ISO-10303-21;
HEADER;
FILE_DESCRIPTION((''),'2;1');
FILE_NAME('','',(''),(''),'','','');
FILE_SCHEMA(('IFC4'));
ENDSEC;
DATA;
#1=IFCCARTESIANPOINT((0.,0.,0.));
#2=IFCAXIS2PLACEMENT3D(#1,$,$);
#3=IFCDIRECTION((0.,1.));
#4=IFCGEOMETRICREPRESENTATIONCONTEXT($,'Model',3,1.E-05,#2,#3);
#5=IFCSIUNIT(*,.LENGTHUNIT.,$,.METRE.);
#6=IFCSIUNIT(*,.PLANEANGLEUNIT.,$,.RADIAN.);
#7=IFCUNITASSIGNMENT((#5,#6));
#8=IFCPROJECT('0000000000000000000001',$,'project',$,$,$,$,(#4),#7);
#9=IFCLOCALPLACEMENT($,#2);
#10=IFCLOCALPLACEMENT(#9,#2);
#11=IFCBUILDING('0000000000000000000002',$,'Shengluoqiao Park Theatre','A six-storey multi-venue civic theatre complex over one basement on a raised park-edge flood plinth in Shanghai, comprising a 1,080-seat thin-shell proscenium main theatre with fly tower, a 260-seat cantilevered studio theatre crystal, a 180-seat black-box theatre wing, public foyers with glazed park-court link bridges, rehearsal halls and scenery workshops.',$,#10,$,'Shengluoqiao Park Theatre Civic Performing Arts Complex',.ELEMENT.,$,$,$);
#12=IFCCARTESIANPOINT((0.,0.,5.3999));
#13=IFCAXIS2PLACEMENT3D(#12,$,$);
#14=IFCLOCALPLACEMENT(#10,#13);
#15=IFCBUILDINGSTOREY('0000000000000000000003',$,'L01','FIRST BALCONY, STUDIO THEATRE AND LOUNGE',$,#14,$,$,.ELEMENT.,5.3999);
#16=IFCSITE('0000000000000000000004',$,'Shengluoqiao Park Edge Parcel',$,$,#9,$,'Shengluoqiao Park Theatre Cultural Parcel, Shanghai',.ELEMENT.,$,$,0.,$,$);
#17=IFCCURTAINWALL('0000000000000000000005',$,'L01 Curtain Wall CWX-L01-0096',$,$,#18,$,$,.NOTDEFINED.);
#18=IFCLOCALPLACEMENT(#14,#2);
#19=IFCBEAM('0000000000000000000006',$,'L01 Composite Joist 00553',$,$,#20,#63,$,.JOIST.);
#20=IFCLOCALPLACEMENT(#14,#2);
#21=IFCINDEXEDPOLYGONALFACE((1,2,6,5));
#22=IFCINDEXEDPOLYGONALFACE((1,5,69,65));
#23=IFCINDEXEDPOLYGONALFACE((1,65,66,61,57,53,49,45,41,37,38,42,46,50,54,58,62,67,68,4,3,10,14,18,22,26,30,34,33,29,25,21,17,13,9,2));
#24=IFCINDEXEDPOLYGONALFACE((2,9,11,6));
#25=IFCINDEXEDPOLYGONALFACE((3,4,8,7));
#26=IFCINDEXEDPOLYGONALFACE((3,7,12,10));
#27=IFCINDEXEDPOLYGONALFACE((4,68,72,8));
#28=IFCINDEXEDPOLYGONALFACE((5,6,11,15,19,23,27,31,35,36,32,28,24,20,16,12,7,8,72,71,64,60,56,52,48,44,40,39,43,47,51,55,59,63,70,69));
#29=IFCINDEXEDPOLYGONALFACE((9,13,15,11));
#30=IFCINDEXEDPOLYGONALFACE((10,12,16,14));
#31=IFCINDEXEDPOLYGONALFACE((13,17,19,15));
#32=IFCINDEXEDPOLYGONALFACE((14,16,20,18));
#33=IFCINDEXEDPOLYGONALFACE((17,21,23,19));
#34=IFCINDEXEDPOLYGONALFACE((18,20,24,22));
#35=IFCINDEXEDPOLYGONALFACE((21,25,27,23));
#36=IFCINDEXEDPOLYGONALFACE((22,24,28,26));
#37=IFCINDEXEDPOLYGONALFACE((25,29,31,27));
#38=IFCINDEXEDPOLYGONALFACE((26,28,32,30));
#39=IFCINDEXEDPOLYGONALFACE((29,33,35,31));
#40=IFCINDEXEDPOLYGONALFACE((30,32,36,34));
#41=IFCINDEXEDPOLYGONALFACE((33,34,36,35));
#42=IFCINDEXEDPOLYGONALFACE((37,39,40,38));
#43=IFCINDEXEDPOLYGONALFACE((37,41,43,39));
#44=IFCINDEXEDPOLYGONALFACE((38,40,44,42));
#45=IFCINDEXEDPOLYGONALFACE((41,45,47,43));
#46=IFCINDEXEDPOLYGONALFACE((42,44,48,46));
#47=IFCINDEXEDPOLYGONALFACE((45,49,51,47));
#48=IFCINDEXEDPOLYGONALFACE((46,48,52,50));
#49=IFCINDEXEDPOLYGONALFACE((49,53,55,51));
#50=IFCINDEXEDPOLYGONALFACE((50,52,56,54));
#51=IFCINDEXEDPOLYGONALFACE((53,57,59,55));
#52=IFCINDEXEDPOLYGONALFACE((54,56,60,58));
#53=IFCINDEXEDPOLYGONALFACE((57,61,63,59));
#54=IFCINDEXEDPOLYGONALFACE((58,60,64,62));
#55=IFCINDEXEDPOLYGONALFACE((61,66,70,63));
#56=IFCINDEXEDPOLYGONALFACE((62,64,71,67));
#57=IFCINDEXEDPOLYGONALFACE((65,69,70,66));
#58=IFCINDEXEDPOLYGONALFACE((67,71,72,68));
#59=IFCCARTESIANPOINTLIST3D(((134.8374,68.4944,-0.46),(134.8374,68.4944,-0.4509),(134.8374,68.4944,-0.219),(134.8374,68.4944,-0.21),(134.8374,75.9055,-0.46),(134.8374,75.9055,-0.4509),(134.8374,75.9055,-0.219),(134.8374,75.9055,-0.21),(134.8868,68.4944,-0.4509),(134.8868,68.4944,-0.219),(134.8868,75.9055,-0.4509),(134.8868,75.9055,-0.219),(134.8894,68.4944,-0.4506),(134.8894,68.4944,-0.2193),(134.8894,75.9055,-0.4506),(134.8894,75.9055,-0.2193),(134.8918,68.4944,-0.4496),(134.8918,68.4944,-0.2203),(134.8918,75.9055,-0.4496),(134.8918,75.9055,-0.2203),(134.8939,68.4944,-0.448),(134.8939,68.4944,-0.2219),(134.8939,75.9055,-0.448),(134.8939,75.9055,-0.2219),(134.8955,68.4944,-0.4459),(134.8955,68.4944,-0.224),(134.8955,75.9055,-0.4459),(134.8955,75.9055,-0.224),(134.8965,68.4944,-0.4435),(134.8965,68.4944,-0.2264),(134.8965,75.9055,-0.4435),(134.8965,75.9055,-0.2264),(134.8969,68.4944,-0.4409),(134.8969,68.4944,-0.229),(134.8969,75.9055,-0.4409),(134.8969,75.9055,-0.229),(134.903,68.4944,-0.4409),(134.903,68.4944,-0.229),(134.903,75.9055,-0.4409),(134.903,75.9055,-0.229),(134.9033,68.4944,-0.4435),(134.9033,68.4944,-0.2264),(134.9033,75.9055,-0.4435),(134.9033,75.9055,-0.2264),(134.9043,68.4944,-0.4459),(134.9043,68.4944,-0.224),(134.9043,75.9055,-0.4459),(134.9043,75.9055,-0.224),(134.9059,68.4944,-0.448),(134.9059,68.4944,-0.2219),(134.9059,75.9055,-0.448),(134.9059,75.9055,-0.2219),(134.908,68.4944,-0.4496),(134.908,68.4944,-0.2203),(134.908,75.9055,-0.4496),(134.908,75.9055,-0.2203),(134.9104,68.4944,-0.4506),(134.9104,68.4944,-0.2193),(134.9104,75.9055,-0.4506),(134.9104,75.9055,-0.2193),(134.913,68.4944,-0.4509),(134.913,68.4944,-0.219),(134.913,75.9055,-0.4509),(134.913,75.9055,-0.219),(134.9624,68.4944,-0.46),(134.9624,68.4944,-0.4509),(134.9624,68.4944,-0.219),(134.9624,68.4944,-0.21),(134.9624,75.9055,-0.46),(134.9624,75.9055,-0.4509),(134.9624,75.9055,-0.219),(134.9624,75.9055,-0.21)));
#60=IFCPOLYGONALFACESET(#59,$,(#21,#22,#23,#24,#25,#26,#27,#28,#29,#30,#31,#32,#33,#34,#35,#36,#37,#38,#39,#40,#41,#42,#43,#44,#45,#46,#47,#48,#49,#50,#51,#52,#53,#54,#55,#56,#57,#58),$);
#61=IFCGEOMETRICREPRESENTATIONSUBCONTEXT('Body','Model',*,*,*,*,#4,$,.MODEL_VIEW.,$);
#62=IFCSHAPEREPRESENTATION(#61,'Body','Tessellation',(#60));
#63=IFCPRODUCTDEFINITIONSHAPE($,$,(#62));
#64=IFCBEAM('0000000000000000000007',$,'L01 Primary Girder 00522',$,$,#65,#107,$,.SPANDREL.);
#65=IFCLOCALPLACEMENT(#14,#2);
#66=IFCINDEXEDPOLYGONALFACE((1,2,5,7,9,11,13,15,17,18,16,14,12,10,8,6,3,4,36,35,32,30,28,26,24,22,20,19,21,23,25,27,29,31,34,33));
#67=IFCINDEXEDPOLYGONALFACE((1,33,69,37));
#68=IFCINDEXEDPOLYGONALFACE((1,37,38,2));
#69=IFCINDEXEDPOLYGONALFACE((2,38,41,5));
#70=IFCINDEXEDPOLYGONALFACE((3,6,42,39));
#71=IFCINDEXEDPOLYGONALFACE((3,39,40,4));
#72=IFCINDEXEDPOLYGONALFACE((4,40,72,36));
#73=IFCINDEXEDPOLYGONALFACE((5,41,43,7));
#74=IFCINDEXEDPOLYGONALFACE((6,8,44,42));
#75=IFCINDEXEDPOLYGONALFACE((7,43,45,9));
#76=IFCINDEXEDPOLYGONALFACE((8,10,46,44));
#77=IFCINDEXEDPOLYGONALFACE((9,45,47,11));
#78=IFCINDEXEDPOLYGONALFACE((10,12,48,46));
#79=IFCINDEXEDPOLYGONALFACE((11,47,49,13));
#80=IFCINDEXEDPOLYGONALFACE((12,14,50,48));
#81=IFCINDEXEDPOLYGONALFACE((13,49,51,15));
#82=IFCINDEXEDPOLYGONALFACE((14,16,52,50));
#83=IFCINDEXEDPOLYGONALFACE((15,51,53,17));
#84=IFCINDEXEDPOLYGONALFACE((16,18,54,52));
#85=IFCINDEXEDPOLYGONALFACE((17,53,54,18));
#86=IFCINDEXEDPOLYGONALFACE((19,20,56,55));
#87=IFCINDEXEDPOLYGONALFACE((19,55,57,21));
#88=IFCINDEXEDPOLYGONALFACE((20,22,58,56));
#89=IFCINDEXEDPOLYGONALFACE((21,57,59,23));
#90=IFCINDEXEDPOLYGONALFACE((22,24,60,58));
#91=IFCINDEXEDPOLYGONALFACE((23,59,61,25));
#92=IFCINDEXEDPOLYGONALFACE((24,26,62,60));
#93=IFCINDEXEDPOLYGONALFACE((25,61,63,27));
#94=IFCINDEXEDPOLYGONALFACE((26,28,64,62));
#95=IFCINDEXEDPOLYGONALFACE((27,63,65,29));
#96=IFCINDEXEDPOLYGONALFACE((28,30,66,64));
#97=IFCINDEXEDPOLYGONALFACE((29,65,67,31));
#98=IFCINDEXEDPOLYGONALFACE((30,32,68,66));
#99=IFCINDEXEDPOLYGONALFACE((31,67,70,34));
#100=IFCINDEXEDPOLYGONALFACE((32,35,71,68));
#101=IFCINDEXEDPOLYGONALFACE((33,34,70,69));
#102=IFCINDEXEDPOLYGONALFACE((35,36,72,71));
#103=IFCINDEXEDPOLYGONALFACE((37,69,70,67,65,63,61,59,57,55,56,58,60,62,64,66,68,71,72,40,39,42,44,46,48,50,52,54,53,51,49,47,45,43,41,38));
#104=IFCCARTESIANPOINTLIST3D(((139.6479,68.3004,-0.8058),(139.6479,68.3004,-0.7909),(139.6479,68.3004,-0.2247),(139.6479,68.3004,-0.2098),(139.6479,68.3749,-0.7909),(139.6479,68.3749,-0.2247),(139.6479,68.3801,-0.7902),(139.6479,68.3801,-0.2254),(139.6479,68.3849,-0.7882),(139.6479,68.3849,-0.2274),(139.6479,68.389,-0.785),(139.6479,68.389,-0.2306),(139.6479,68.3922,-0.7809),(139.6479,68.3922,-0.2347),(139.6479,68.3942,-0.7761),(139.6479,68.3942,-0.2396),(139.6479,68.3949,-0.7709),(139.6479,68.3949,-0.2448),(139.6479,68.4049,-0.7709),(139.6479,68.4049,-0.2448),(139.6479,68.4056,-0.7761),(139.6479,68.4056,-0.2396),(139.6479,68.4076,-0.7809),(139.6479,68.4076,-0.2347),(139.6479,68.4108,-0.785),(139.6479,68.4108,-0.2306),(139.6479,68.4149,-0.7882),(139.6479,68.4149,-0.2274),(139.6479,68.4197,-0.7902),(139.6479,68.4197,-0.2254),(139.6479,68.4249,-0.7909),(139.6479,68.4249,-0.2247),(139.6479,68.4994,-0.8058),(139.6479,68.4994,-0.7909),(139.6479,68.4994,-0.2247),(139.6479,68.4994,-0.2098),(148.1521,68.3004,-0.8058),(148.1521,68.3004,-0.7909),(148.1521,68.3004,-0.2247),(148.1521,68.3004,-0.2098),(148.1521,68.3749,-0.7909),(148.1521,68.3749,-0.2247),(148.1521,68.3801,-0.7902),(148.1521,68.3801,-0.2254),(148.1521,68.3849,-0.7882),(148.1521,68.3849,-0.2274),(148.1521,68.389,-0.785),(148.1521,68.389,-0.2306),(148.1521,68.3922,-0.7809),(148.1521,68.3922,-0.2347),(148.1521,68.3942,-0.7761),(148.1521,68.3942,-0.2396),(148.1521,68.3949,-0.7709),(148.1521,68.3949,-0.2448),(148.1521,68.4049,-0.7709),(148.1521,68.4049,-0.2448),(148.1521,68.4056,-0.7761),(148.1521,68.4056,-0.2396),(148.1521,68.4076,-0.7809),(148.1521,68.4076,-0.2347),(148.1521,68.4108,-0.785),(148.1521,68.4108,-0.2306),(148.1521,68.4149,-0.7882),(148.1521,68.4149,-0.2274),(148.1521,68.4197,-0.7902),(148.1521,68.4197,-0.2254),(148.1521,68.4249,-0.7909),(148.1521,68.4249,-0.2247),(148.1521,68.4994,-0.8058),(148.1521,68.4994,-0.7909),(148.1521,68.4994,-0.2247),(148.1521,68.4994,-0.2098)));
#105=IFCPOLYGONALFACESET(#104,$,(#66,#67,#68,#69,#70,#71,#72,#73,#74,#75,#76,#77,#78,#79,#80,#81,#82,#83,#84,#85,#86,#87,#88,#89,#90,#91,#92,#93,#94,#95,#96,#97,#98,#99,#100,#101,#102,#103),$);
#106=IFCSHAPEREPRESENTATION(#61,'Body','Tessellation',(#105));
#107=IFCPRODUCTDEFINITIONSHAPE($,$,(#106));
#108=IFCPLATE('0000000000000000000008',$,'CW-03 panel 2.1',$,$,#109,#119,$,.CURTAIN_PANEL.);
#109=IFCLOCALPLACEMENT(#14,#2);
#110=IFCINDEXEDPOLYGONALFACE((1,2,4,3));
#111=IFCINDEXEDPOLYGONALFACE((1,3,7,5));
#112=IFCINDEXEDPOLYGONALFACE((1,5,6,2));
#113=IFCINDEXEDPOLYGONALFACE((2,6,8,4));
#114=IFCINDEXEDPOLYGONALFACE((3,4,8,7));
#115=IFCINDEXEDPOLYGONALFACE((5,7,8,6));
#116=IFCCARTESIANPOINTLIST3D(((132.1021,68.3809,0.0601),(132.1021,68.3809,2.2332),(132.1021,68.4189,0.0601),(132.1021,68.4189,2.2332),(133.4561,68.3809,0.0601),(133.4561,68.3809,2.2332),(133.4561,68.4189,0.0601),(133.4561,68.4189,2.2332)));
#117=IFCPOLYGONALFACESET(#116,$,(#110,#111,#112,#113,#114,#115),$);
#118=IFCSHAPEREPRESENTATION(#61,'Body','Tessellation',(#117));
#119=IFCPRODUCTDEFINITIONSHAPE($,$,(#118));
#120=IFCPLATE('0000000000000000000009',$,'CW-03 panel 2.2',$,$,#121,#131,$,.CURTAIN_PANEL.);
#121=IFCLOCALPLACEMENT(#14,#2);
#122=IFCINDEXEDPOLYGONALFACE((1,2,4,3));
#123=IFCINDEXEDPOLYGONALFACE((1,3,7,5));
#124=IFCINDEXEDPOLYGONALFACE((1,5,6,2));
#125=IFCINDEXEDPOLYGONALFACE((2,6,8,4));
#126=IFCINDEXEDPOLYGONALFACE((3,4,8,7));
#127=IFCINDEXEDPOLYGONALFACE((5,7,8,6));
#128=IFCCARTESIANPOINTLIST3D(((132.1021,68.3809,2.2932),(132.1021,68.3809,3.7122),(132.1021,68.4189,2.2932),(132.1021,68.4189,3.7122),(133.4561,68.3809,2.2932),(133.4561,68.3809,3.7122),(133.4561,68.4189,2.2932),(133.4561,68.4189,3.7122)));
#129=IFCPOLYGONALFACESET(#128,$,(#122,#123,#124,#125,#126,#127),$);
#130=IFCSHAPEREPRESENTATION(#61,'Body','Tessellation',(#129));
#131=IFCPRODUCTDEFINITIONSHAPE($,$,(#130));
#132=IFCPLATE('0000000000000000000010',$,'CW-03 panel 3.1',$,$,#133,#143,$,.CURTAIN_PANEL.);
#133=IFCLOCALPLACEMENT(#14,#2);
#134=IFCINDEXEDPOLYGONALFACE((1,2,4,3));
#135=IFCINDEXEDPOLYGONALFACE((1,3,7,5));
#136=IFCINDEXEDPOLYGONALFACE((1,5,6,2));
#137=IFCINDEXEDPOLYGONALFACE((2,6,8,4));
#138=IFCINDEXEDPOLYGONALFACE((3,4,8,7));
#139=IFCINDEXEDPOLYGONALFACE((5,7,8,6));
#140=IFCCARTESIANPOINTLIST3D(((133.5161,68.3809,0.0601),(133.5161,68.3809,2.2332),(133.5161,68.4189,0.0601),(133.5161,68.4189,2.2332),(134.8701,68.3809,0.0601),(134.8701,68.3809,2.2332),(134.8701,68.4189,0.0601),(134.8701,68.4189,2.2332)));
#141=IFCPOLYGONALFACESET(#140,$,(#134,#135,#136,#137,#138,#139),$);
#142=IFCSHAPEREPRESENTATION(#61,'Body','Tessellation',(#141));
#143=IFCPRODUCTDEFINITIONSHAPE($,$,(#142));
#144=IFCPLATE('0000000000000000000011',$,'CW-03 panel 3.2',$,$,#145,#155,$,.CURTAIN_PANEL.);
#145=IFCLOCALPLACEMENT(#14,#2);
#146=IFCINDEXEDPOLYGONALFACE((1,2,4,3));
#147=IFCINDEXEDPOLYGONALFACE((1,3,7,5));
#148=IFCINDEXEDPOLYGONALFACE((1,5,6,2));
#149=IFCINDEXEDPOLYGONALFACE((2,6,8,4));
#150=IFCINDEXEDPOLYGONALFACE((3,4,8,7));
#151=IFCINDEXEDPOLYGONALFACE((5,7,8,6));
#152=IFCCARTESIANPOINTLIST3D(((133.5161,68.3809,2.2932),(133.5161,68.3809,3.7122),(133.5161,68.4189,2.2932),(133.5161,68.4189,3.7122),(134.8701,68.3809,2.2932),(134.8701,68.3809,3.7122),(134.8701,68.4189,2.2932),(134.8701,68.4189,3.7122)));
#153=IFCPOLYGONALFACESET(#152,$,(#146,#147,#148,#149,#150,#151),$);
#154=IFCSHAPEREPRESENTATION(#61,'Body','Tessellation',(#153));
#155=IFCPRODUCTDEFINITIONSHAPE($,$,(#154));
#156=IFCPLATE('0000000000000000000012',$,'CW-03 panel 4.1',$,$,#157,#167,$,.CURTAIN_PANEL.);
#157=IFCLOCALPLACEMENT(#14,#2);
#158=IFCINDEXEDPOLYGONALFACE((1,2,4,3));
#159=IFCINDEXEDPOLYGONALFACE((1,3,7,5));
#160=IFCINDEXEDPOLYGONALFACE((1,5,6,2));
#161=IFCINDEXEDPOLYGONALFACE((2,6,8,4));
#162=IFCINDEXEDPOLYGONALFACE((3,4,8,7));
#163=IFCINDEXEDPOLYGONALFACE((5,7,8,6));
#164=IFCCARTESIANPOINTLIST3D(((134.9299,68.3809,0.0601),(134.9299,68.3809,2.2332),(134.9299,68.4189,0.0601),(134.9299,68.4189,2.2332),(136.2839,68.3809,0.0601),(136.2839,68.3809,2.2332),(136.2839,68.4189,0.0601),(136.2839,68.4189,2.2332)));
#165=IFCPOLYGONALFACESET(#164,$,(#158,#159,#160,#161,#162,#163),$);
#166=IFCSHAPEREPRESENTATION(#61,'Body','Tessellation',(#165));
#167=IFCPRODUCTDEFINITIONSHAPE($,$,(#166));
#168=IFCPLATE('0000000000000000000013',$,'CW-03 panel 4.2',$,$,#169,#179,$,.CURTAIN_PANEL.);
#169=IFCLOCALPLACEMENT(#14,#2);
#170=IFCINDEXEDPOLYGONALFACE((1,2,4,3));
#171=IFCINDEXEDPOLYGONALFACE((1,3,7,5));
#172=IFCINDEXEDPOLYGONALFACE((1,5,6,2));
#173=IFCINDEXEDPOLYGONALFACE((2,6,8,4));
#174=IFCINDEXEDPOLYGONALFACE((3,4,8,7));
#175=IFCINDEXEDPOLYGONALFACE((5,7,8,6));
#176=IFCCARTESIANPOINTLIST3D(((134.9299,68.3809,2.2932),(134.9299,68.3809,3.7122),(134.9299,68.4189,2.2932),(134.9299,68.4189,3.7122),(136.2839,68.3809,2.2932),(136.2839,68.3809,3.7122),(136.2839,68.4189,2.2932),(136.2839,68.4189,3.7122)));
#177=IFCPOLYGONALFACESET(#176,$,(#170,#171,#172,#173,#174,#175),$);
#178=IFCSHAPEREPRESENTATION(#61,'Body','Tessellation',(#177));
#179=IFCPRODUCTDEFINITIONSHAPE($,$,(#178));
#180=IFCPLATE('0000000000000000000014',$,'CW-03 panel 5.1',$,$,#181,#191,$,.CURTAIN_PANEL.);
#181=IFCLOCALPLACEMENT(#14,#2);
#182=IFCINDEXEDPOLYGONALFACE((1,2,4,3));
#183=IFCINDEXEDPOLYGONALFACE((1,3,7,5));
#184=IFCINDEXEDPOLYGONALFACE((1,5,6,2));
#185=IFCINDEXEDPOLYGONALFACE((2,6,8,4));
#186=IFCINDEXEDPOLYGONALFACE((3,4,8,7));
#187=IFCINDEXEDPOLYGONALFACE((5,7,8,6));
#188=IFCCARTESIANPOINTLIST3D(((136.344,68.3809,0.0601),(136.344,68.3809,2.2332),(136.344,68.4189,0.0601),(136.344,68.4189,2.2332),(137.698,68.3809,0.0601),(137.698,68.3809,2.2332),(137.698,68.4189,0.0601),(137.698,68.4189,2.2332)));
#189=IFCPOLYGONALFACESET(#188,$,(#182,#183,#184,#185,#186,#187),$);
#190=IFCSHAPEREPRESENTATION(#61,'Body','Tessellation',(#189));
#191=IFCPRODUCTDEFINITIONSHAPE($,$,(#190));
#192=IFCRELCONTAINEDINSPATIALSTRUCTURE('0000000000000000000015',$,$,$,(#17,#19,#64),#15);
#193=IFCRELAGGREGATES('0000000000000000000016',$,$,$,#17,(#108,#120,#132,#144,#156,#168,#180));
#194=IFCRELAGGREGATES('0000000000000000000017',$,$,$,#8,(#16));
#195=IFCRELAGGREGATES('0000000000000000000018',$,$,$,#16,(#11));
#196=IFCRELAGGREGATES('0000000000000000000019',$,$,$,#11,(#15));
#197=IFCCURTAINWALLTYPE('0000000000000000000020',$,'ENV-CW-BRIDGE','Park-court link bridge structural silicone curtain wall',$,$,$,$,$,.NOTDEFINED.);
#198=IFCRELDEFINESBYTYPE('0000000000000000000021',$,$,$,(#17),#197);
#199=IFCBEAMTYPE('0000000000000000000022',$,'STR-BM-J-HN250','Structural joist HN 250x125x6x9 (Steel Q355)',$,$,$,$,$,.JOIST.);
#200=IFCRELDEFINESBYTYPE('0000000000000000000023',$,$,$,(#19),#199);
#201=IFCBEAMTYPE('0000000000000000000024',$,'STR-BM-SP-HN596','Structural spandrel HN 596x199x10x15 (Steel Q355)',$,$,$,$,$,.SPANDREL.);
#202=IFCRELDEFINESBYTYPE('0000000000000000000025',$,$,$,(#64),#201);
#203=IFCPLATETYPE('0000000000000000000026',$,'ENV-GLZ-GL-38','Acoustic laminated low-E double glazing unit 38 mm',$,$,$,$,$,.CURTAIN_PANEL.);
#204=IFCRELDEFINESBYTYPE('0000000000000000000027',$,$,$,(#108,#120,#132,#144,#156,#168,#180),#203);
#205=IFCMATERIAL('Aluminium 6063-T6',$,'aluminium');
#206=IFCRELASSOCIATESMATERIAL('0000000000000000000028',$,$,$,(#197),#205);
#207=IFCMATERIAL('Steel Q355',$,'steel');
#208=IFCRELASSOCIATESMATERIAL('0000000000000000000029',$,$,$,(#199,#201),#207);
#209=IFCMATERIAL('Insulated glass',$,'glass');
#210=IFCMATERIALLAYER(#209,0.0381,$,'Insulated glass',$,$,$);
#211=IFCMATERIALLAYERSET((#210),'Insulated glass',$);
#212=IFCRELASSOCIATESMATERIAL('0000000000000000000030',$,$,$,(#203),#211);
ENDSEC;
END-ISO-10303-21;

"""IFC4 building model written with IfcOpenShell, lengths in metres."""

from ifc_helpers import new_model, si_unit, direction, frame, origin, origin_2d, place, context, subcontext, project, spatial, rectangle, i_section, extrude, material, layer, layer_set, material_profile, profile_set, type_object, element, aggregate, save


model = new_model("IFC4")

# Units and contexts
model_context = context("Model", 3, precision=1e-05, world=origin(), true_north=direction((0.0, 1.0)))
body_context = subcontext(model_context, "Body", "Model", "MODEL_VIEW")
ifc_project = project(units=[si_unit("LENGTHUNIT", "METRE"), si_unit("PLANEANGLEUNIT", "RADIAN")], contexts=[model_context])

# Site, building, storey
site_placement = place(None, origin())
site = spatial("IfcSite", under=ifc_project, at=site_placement, Name="Shengluoqiao Park Edge Parcel", LongName="Shengluoqiao Park Theatre Cultural Parcel, Shanghai", CompositionType="ELEMENT", RefElevation=0.0)
building_placement = place(site_placement, origin())
building = spatial("IfcBuilding", under=site, at=building_placement, Name="Shengluoqiao Park Theatre", Description="A six-storey multi-venue civic theatre complex over one basement on a raised park-edge flood plinth in Shanghai, comprising a 1,080-seat thin-shell proscenium main theatre with fly tower, a 260-seat cantilevered studio theatre crystal, a 180-seat black-box theatre wing, public foyers with glazed park-court link bridges, rehearsal halls and scenery workshops.", LongName="Shengluoqiao Park Theatre Civic Performing Arts Complex", CompositionType="ELEMENT")
storey_placement = place(building_placement, frame((0.0, 0.0, 5.3999)))
storey = spatial("IfcBuildingStorey", under=building, at=storey_placement, Name="L01", Description="FIRST BALCONY, STUDIO THEATRE AND LOUNGE", CompositionType="ELEMENT", Elevation=5.3999)

# Curtain wall
ifc_material_1 = material(Name="Aluminium 6063-T6", Category="aluminium")
curtain_wall_type = type_object("IfcCurtainWallType", Name="ENV-CW-BRIDGE", Description="Park-court link bridge structural silicone curtain wall", PredefinedType="NOTDEFINED", material=ifc_material_1)
curtain_wall_placement = place(storey_placement, origin())
curtain_wall = element("IfcCurtainWall", 1, at=curtain_wall_placement, inside=storey, type_object=curtain_wall_type, Name="L01 Curtain Wall CWX-L01-0096", PredefinedType="NOTDEFINED")

# Beams
ifc_material_2 = material(Name="Steel Q355", Category="steel")
ifc_material_profile_1 = material_profile(ifc_material_2, i_section(OverallWidth=0.125, OverallDepth=0.25, WebThickness=0.0061, FlangeThickness=0.009, FilletRadius=0.01, at=origin_2d()), Name="HN 250x125x6x9")
ifc_profile_set_1 = profile_set([ifc_material_profile_1], Name="Steel Q355")
beam_type_1 = type_object("IfcBeamType", Name="STR-BM-J-HN250", Description="Structural joist HN 250x125x6x9 (Steel Q355)", PredefinedType="JOIST", material=ifc_profile_set_1)
for number, where, z_axis, x_axis, name in (
    (2, (134.8999, 68.4944, -0.335), (0.0, 1.0, 0.0), (-1.0, 0.0, 0.0), "L01 Composite Joist 00553"),
):
    element("IfcBeam", number, at=place(storey_placement, frame(where, z_axis=z_axis, x_axis=x_axis)), inside=storey, type_object=beam_type_1, Name=name, PredefinedType="JOIST", context=body_context, shape_type="SweptSolid", body=[
        extrude(i_section(OverallWidth=0.125, OverallDepth=0.25, WebThickness=0.0061, FlangeThickness=0.009, FilletRadius=0.01, at=origin_2d()), origin(), (0.0, 0.0, 1.0), 7.4111),
    ])
ifc_material_profile_2 = material_profile(ifc_material_2, i_section(OverallWidth=0.199, OverallDepth=0.5959, WebThickness=0.01, FlangeThickness=0.0149, FilletRadius=0.02, at=origin_2d()), Name="HN 596x199x10x15")
ifc_profile_set_2 = profile_set([ifc_material_profile_2], Name="Steel Q355")
beam_type_2 = type_object("IfcBeamType", Name="STR-BM-SP-HN596", Description="Structural spandrel HN 596x199x10x15 (Steel Q355)", PredefinedType="SPANDREL", material=ifc_profile_set_2)
beam_placement = place(storey_placement, frame((139.6479, 68.3999, -0.5078), z_axis=(1.0, 0.0, 0.0), x_axis=(0.0, 1.0, 0.0)))
element("IfcBeam", 3, at=beam_placement, inside=storey, type_object=beam_type_2, Name="L01 Primary Girder 00522", PredefinedType="SPANDREL", context=body_context, shape_type="SweptSolid", body=[
    extrude(i_section(OverallWidth=0.199, OverallDepth=0.5959, WebThickness=0.01, FlangeThickness=0.0149, FilletRadius=0.02, at=origin_2d()), origin(), (0.0, 0.0, 1.0), 8.5042),
])

# Plates
ifc_material_3 = material(Name="Insulated glass", Category="glass")
ifc_layer = layer(ifc_material_3, 0.0381, Name="Insulated glass")
ifc_layer_set = layer_set([ifc_layer], Name="Insulated glass")
plate_type = type_object("IfcPlateType", Name="ENV-GLZ-GL-38", Description="Acoustic laminated low-E double glazing unit 38 mm", PredefinedType="CURTAIN_PANEL", material=ifc_layer_set)
plate_1_placement = place(storey_placement, frame((132.7791, 68.3999, 0.0601), z_axis=(0.0, 0.0, 1.0), x_axis=(1.0, 0.0, 0.0)))
plate_1 = element("IfcPlate", 4, at=plate_1_placement, type_object=plate_type, Name="CW-03 panel 2.1", PredefinedType="CURTAIN_PANEL", context=body_context, shape_type="SweptSolid", body=[
    extrude(rectangle(XDim=1.354, YDim=0.0381, at=origin_2d()), origin(), (0.0, 0.0, 1.0), 2.1731),
])
plate_2_placement = place(storey_placement, frame((132.7791, 68.3999, 2.2932), z_axis=(0.0, 0.0, 1.0), x_axis=(1.0, 0.0, 0.0)))
plate_2 = element("IfcPlate", 5, at=plate_2_placement, type_object=plate_type, Name="CW-03 panel 2.2", PredefinedType="CURTAIN_PANEL", context=body_context, shape_type="SweptSolid", body=[
    extrude(rectangle(XDim=1.354, YDim=0.0381, at=origin_2d()), origin(), (0.0, 0.0, 1.0), 1.4189),
])
plate_3_placement = place(storey_placement, frame((134.1931, 68.3999, 0.0601), z_axis=(0.0, 0.0, 1.0), x_axis=(1.0, 0.0, 0.0)))
plate_3 = element("IfcPlate", 6, at=plate_3_placement, type_object=plate_type, Name="CW-03 panel 3.1", PredefinedType="CURTAIN_PANEL", context=body_context, shape_type="SweptSolid", body=[
    extrude(rectangle(XDim=1.354, YDim=0.0381, at=origin_2d()), origin(), (0.0, 0.0, 1.0), 2.1731),
])
plate_4_placement = place(storey_placement, frame((134.1931, 68.3999, 2.2932), z_axis=(0.0, 0.0, 1.0), x_axis=(1.0, 0.0, 0.0)))
plate_4 = element("IfcPlate", 7, at=plate_4_placement, type_object=plate_type, Name="CW-03 panel 3.2", PredefinedType="CURTAIN_PANEL", context=body_context, shape_type="SweptSolid", body=[
    extrude(rectangle(XDim=1.354, YDim=0.0381, at=origin_2d()), origin(), (0.0, 0.0, 1.0), 1.4189),
])
plate_5_placement = place(storey_placement, frame((135.6069, 68.3999, 0.0601), z_axis=(0.0, 0.0, 1.0), x_axis=(1.0, 0.0, 0.0)))
plate_5 = element("IfcPlate", 8, at=plate_5_placement, type_object=plate_type, Name="CW-03 panel 4.1", PredefinedType="CURTAIN_PANEL", context=body_context, shape_type="SweptSolid", body=[
    extrude(rectangle(XDim=1.354, YDim=0.0381, at=origin_2d()), origin(), (0.0, 0.0, 1.0), 2.1731),
])
plate_6_placement = place(storey_placement, frame((135.6069, 68.3999, 2.2932), z_axis=(0.0, 0.0, 1.0), x_axis=(1.0, 0.0, 0.0)))
plate_6 = element("IfcPlate", 9, at=plate_6_placement, type_object=plate_type, Name="CW-03 panel 4.2", PredefinedType="CURTAIN_PANEL", context=body_context, shape_type="SweptSolid", body=[
    extrude(rectangle(XDim=1.354, YDim=0.0381, at=origin_2d()), origin(), (0.0, 0.0, 1.0), 1.4189),
])
plate_7_placement = place(storey_placement, frame((137.021, 68.3999, 0.0601), z_axis=(0.0, 0.0, 1.0), x_axis=(1.0, 0.0, 0.0)))
plate_7 = element("IfcPlate", 10, at=plate_7_placement, type_object=plate_type, Name="CW-03 panel 5.1", PredefinedType="CURTAIN_PANEL", context=body_context, shape_type="SweptSolid", body=[
    extrude(rectangle(XDim=1.354, YDim=0.0381, at=origin_2d()), origin(), (0.0, 0.0, 1.0), 2.1731),
])
aggregate(curtain_wall, [plate_1, plate_2, plate_3, plate_4, plate_5, plate_6, plate_7])

save(model, "model.ifc")
